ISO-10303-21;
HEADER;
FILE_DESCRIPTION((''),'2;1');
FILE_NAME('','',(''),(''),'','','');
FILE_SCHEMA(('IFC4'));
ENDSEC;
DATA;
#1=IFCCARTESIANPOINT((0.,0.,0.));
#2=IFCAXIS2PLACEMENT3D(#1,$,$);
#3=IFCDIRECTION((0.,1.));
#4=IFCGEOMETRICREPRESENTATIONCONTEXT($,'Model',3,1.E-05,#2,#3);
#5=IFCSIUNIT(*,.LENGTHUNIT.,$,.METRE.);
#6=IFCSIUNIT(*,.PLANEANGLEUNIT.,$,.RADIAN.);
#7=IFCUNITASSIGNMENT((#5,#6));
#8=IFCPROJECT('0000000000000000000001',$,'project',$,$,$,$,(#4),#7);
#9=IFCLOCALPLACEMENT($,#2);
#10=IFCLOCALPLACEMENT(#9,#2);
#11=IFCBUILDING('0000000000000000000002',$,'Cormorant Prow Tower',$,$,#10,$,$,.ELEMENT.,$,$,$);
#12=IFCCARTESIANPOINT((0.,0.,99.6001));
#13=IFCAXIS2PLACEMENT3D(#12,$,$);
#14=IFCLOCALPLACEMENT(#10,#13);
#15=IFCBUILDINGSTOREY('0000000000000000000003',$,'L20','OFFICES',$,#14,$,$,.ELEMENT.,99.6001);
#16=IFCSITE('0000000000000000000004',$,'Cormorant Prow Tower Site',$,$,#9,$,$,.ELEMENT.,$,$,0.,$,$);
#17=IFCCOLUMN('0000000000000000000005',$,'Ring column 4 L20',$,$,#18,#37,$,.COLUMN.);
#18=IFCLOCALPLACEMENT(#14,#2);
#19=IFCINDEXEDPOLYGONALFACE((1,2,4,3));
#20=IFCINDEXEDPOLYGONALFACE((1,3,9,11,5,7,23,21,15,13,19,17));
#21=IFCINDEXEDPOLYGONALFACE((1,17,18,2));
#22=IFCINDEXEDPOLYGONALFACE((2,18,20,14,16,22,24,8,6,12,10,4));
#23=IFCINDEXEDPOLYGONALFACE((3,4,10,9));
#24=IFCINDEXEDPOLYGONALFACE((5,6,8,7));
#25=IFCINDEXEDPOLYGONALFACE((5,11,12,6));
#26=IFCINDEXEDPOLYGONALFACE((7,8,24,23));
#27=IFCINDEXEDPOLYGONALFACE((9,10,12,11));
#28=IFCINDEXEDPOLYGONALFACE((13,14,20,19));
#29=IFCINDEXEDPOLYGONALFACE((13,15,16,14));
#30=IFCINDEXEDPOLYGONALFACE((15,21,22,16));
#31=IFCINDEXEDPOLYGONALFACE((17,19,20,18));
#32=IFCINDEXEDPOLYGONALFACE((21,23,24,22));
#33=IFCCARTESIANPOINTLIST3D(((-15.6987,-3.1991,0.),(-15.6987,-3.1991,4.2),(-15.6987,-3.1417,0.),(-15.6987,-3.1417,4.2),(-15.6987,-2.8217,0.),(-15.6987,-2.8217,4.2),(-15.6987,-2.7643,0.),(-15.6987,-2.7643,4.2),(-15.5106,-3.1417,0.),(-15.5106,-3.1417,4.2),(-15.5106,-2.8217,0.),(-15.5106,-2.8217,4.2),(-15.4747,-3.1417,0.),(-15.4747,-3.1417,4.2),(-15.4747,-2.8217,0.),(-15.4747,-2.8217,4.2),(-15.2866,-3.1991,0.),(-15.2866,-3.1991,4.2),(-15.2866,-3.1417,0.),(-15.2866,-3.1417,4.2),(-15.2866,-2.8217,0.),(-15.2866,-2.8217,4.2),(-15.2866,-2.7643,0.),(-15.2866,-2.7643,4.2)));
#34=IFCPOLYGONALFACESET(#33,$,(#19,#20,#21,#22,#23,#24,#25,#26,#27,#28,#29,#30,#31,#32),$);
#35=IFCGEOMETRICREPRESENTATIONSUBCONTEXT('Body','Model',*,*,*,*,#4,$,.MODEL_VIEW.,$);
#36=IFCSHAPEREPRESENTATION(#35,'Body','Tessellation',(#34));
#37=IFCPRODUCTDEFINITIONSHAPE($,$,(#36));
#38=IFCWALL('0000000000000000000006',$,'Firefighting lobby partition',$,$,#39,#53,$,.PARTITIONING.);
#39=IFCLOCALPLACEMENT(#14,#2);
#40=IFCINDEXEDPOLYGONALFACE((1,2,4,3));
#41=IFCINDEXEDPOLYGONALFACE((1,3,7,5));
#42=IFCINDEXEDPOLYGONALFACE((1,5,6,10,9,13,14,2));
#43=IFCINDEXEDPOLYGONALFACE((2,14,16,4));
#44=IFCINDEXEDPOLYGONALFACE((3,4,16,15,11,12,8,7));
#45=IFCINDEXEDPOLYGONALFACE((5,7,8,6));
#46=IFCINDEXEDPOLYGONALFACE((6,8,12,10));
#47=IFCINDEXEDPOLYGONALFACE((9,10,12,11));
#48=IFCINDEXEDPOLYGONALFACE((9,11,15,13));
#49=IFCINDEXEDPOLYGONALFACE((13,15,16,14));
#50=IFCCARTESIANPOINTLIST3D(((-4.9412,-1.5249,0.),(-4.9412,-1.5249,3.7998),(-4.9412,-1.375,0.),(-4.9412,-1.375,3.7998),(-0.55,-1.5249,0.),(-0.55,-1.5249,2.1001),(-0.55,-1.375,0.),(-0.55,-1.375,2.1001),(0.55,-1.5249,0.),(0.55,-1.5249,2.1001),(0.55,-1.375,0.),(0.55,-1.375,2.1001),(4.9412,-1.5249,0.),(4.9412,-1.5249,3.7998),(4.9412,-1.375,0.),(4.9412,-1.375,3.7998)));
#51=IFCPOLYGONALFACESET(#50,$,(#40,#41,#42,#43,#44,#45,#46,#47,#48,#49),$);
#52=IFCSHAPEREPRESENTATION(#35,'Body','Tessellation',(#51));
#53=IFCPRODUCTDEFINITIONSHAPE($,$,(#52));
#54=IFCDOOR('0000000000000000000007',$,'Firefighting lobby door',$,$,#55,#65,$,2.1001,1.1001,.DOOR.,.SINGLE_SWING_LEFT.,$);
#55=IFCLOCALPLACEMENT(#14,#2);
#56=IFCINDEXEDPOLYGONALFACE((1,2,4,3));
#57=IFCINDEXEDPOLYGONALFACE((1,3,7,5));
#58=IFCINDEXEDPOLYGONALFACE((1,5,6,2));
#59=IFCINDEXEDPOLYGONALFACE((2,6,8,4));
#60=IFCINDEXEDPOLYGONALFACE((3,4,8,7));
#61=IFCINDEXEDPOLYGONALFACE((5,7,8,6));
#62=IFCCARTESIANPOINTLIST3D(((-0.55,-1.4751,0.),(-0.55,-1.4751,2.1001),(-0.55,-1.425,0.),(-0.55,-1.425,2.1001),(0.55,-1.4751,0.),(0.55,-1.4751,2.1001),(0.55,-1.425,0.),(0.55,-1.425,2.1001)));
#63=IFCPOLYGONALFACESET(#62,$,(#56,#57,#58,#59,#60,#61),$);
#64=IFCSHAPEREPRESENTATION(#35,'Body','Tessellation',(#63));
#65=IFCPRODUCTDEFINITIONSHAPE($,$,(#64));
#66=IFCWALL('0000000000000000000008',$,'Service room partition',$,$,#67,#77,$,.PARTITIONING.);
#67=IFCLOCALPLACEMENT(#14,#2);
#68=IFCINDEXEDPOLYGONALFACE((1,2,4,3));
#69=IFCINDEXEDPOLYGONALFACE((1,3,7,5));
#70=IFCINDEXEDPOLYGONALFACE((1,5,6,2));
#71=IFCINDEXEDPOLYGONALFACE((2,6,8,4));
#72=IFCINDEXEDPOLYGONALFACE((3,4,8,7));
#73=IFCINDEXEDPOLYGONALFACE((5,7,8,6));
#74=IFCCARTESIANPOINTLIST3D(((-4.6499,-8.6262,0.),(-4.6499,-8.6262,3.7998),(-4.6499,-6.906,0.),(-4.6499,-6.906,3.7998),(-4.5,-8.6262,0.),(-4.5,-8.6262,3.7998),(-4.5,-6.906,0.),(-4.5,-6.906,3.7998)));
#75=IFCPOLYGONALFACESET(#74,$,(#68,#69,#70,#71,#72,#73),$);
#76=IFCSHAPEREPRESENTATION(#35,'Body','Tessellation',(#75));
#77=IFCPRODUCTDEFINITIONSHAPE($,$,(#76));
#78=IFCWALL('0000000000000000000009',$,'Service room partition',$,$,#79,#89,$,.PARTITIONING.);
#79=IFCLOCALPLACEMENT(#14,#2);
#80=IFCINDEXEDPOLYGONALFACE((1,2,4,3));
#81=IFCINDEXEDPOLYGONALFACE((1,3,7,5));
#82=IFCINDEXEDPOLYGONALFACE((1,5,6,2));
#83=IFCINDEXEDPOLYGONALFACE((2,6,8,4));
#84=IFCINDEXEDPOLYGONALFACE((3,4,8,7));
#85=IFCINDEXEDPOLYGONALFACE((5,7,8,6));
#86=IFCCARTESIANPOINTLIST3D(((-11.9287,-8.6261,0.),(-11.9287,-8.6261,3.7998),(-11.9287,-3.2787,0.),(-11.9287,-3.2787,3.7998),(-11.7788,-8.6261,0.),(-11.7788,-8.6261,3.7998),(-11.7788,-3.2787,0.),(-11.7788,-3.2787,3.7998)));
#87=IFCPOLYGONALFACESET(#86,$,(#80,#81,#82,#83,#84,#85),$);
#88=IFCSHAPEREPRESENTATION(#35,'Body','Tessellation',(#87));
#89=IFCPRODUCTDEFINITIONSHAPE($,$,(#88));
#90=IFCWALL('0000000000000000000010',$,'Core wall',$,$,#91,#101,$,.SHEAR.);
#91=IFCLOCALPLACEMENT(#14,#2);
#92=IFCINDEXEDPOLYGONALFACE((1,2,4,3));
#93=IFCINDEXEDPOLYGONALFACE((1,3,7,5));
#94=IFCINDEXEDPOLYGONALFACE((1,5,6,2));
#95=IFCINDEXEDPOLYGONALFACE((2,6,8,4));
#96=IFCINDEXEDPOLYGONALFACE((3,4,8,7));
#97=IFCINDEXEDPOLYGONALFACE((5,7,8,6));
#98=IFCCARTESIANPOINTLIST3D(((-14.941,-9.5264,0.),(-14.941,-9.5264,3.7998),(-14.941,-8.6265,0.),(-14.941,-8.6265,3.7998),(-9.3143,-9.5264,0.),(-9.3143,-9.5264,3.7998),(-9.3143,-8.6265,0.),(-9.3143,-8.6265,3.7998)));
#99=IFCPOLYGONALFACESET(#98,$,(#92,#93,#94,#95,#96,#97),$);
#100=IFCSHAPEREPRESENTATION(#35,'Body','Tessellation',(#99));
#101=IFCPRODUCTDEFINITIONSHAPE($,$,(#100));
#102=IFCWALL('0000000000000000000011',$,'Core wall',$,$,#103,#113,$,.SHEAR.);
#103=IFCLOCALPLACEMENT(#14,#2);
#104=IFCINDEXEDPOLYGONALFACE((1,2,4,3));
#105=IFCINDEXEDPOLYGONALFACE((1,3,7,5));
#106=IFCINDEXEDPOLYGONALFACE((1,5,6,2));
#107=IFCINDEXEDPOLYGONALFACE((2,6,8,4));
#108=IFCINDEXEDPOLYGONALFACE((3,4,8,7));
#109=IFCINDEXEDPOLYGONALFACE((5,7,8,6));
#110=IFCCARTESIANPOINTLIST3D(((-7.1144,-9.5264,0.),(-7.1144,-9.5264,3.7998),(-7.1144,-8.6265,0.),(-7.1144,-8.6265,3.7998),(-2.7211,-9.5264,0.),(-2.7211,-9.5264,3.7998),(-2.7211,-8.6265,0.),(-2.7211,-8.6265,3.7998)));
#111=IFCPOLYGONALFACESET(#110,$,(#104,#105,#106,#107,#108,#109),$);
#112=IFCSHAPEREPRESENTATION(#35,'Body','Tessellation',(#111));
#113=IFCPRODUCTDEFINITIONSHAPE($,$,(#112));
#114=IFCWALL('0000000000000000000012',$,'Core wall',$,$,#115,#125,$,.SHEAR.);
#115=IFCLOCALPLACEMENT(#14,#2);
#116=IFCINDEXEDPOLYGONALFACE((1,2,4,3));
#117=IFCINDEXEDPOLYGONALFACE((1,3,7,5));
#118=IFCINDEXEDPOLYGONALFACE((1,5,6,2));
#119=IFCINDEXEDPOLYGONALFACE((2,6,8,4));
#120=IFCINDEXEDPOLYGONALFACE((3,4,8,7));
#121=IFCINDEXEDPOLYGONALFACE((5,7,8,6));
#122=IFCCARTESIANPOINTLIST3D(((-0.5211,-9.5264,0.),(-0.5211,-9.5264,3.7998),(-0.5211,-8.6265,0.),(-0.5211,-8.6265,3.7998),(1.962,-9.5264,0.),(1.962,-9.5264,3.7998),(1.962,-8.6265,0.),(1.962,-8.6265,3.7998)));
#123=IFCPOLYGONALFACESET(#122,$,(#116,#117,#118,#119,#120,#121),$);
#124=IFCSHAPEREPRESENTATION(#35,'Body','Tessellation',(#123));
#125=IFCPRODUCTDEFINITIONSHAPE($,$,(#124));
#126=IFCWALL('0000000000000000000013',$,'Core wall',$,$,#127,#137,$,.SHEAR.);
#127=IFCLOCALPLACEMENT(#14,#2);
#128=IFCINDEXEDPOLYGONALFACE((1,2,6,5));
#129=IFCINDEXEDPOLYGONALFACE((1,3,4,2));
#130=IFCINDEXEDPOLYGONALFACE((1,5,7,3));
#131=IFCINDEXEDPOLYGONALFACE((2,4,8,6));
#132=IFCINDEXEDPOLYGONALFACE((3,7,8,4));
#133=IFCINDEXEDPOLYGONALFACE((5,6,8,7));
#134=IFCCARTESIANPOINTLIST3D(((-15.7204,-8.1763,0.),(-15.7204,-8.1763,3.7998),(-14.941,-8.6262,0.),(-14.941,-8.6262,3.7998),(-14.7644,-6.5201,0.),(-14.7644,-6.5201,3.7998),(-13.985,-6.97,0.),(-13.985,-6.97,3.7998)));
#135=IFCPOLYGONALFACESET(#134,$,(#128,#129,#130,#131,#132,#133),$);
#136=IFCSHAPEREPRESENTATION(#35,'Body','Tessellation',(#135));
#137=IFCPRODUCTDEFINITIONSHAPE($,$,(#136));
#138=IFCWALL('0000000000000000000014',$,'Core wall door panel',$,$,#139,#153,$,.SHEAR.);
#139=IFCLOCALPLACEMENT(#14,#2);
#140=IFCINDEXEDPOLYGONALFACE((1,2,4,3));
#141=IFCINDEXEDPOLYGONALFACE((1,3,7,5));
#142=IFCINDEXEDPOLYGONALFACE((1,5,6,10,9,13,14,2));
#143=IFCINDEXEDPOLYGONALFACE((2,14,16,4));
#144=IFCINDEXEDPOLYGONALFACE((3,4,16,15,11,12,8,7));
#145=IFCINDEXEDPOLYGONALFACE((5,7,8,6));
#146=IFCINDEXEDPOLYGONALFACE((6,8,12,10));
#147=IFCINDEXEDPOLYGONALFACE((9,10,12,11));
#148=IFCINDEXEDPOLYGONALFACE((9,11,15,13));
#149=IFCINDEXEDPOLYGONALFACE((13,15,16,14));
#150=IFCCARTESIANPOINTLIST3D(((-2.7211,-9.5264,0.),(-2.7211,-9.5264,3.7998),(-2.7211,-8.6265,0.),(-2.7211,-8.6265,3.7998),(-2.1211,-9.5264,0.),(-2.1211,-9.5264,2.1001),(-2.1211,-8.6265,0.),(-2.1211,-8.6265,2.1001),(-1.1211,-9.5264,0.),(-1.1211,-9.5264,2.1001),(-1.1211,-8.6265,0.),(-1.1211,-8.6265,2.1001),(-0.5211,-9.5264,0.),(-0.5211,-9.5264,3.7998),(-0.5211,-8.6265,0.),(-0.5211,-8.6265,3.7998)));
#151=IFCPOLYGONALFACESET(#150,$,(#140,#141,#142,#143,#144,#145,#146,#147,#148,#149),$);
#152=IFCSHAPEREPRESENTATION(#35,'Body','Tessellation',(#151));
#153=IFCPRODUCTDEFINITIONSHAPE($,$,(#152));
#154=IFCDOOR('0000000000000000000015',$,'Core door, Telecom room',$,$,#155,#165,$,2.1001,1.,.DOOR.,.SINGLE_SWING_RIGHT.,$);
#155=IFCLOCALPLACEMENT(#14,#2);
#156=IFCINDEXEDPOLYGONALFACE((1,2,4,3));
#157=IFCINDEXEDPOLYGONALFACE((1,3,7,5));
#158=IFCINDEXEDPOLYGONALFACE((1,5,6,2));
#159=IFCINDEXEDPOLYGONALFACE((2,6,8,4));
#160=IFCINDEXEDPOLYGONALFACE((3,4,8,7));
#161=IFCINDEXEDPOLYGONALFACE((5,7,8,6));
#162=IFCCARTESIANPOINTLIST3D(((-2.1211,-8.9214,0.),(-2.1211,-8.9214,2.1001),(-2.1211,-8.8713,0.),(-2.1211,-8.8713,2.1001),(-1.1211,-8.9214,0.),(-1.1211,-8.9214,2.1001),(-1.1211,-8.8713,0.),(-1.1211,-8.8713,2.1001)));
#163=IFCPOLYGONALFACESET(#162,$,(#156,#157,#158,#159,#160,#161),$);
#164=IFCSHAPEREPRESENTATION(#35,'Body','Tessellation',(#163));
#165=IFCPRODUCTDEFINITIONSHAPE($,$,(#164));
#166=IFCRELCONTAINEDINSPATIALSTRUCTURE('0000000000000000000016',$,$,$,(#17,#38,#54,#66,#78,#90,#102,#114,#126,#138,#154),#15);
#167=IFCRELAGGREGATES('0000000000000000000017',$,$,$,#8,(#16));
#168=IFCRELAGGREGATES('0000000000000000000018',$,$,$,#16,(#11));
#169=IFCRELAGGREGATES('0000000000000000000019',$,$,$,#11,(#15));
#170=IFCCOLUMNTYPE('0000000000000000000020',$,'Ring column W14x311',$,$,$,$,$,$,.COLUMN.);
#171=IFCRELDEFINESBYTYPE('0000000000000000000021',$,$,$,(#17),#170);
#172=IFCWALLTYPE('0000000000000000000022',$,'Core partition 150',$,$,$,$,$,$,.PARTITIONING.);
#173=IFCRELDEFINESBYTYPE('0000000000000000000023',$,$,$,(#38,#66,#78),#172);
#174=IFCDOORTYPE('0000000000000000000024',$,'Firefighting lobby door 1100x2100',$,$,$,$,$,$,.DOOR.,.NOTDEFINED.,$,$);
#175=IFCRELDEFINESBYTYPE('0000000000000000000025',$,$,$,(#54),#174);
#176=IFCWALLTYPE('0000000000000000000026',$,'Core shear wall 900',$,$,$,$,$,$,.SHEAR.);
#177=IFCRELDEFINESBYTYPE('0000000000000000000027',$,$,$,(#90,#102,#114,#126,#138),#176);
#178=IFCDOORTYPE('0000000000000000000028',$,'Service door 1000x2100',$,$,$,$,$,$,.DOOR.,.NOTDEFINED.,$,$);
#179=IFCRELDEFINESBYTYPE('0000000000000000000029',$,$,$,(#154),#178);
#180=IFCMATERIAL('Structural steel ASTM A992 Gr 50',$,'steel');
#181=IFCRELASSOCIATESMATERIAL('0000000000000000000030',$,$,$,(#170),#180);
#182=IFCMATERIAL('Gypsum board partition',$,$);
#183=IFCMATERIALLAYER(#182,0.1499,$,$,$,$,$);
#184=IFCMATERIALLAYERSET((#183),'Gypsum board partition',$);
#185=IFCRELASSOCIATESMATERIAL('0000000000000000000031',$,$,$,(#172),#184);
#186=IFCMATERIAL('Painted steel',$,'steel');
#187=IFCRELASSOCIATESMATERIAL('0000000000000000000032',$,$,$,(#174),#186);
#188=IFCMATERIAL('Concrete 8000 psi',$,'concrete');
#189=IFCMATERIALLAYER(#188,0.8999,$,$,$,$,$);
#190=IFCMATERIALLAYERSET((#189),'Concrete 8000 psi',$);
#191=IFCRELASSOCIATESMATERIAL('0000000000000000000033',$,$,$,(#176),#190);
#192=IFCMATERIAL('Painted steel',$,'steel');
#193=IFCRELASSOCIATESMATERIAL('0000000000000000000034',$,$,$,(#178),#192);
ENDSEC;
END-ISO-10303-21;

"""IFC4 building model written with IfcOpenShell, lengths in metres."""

from ifc_helpers import new_model, si_unit, direction, frame, frame_2d, origin, origin_2d, place, context, subcontext, project, spatial, rectangle, i_section, extrude, material, layer, layer_set, material_profile, profile_set, type_object, element, fill, save


model = new_model("IFC4")

# Units and contexts
model_context = context("Model", 3, precision=1e-05, world=origin(), true_north=direction((0.0, 1.0)))
body_context = subcontext(model_context, "Body", "Model", "MODEL_VIEW")
ifc_project = project(units=[si_unit("LENGTHUNIT", "METRE"), si_unit("PLANEANGLEUNIT", "RADIAN")], contexts=[model_context])

# Site, building, storey
site_placement = place(None, origin())
site = spatial("IfcSite", under=ifc_project, at=site_placement, Name="Cormorant Prow Tower Site", CompositionType="ELEMENT", RefElevation=0.0)
building_placement = place(site_placement, origin())
building = spatial("IfcBuilding", under=site, at=building_placement, Name="Cormorant Prow Tower", CompositionType="ELEMENT")
storey_placement = place(building_placement, frame((0.0, 0.0, 99.6001)))
storey = spatial("IfcBuildingStorey", under=building, at=storey_placement, Name="L20", Description="OFFICES", CompositionType="ELEMENT", Elevation=99.6001)

# Column
ifc_material_1 = material(Name="Structural steel ASTM A992 Gr 50", Category="steel")
ifc_material_profile = material_profile(ifc_material_1, i_section(OverallWidth=0.4121, OverallDepth=0.4348, WebThickness=0.0359, FlangeThickness=0.0574, at=origin_2d()), Name="W14x311")
ifc_profile_set = profile_set([ifc_material_profile], Name="Structural steel ASTM A992 Gr 50")
column_type = type_object("IfcColumnType", Name="Ring column W14x311", PredefinedType="COLUMN", material=ifc_profile_set)
column_placement = place(storey_placement, frame((-15.4927, -2.9817, 0.0), z_axis=(0.0, 0.0, 1.0), x_axis=(1.0, 0.0, 0.0)))
element("IfcColumn", 1, at=column_placement, inside=storey, type_object=column_type, Name="Ring column 4 L20", PredefinedType="COLUMN", context=body_context, shape_type="SweptSolid", body=[
    extrude(i_section(OverallWidth=0.4121, OverallDepth=0.4348, WebThickness=0.0359, FlangeThickness=0.0574, at=origin_2d()), origin(), (0.0, 0.0, 1.0), 4.2),
])

# Wall, opening, door
ifc_material_2 = material(Name="Gypsum board partition")
ifc_layer_1 = layer(ifc_material_2, 0.1499)
ifc_layer_set_1 = layer_set([ifc_layer_1], Name="Gypsum board partition")
wall_type_1 = type_object("IfcWallType", Name="Core partition 150", PredefinedType="PARTITIONING", material=ifc_layer_set_1)
wall_1_placement = place(storey_placement, frame((-4.9412, -1.45, 0.0), z_axis=(0.0, 0.0, 1.0), x_axis=(1.0, 0.0, 0.0)))
wall_1 = element("IfcWall", 2, at=wall_1_placement, inside=storey, type_object=wall_type_1, Name="Firefighting lobby partition", PredefinedType="PARTITIONING", context=body_context, shape_type="SweptSolid", body=[
    extrude(rectangle(XDim=9.8823, YDim=0.1499, at=frame_2d((4.9412, 0.0))), origin(), (0.0, 0.0, 1.0), 3.7998),
])
opening_1_placement = place(wall_1_placement, frame((4.3911, 0.0, 0.0)))
opening_1 = element("IfcOpeningElement", 3, at=opening_1_placement, cuts=wall_1, PredefinedType="OPENING", context=body_context, shape_type="SweptSolid", body=[
    extrude(rectangle(XDim=1.1001, YDim=2.1001, at=frame_2d((0.55, 1.05))), frame((0.0, 0.085, 0.0), z_axis=(0.0, -1.0, 0.0), x_axis=(1.0, 0.0, 0.0)), (0.0, 0.0, 1.0), 0.1699),
])
ifc_material_3 = material(Name="Painted steel", Category="steel")
door_type_1 = type_object("IfcDoorType", Name="Firefighting lobby door 1100x2100", OperationType="NOTDEFINED", PredefinedType="DOOR", material=ifc_material_3)
door_1_placement = place(opening_1_placement, origin())
door_1 = element("IfcDoor", 4, at=door_1_placement, inside=storey, type_object=door_type_1, Name="Firefighting lobby door", OperationType="SINGLE_SWING_LEFT", OverallHeight=2.1001, OverallWidth=1.1001, PredefinedType="DOOR", context=body_context, shape_type="SweptSolid", body=[
    extrude(rectangle(XDim=1.1001, YDim=2.1001, at=frame_2d((0.55, 1.05))), frame((0.0, 0.0249, 0.0), z_axis=(0.0, -1.0, 0.0), x_axis=(1.0, 0.0, 0.0)), (0.0, 0.0, 1.0), 0.05),
])
fill(opening_1, door_1)

# Walls
wall_2_placement = place(storey_placement, frame((-4.575, -6.906, 0.0), z_axis=(0.0, 0.0, 1.0), x_axis=(0.0, -1.0, 0.0)))
element("IfcWall", 5, at=wall_2_placement, inside=storey, type_object=wall_type_1, Name="Service room partition", PredefinedType="PARTITIONING", context=body_context, shape_type="SweptSolid", body=[
    extrude(rectangle(XDim=1.7202, YDim=0.1499, at=frame_2d((0.8601, 0.0))), origin(), (0.0, 0.0, 1.0), 3.7998),
])
wall_3_placement = place(storey_placement, frame((-11.8538, -8.6262, 0.0), z_axis=(0.0, 0.0, 1.0), x_axis=(0.0, 1.0, 0.0)))
element("IfcWall", 6, at=wall_3_placement, inside=storey, type_object=wall_type_1, Name="Service room partition", PredefinedType="PARTITIONING", context=body_context, shape_type="SweptSolid", body=[
    extrude(rectangle(XDim=5.3474, YDim=0.1499, at=frame_2d((2.6738, 0.0))), origin(), (0.0, 0.0, 1.0), 3.7998),
])
ifc_material_4 = material(Name="Concrete 8000 psi", Category="concrete")
ifc_layer_2 = layer(ifc_material_4, 0.8999)
ifc_layer_set_2 = layer_set([ifc_layer_2], Name="Concrete 8000 psi")
wall_type_2 = type_object("IfcWallType", Name="Core shear wall 900", PredefinedType="SHEAR", material=ifc_layer_set_2)
wall_4_placement = place(storey_placement, frame((-14.9412, -9.0764, 0.0), z_axis=(0.0, 0.0, 1.0), x_axis=(1.0, 0.0, 0.0)))
element("IfcWall", 7, at=wall_4_placement, inside=storey, type_object=wall_type_2, Name="Core wall", PredefinedType="SHEAR", context=body_context, shape_type="SweptSolid", body=[
    extrude(rectangle(XDim=5.6267, YDim=0.8999, at=frame_2d((2.8135, 0.0))), origin(), (0.0, 0.0, 1.0), 3.7998),
])
wall_5_placement = place(storey_placement, frame((-7.1145, -9.0764, 0.0), z_axis=(0.0, 0.0, 1.0), x_axis=(1.0, 0.0, 0.0)))
element("IfcWall", 8, at=wall_5_placement, inside=storey, type_object=wall_type_2, Name="Core wall", PredefinedType="SHEAR", context=body_context, shape_type="SweptSolid", body=[
    extrude(rectangle(XDim=4.3933, YDim=0.8999, at=frame_2d((2.1968, 0.0))), origin(), (0.0, 0.0, 1.0), 3.7998),
])
wall_6_placement = place(storey_placement, frame((-0.5212, -9.0764, 0.0), z_axis=(0.0, 0.0, 1.0), x_axis=(1.0, 0.0, 0.0)))
element("IfcWall", 9, at=wall_6_placement, inside=storey, type_object=wall_type_2, Name="Core wall", PredefinedType="SHEAR", context=body_context, shape_type="SweptSolid", body=[
    extrude(rectangle(XDim=2.4832, YDim=0.8999, at=frame_2d((1.2417, 0.0))), origin(), (0.0, 0.0, 1.0), 3.7998),
])
wall_7_placement = place(storey_placement, frame((-14.3748, -6.7451, 0.0), z_axis=(0.0, 0.0, 1.0), x_axis=(-0.499929, -0.866067, 0.0)))
element("IfcWall", 10, at=wall_7_placement, inside=storey, type_object=wall_type_2, Name="Core wall", PredefinedType="SHEAR", context=body_context, shape_type="SweptSolid", body=[
    extrude(rectangle(XDim=1.9124, YDim=0.8999, at=frame_2d((0.9561, 0.0))), origin(), (0.0, 0.0, 1.0), 3.7998),
])

# Wall, opening, door
wall_8_placement = place(storey_placement, frame((-2.7212, -9.0764, 0.0), z_axis=(0.0, 0.0, 1.0), x_axis=(1.0, 0.0, 0.0)))
wall_8 = element("IfcWall", 11, at=wall_8_placement, inside=storey, type_object=wall_type_2, Name="Core wall door panel", PredefinedType="SHEAR", context=body_context, shape_type="SweptSolid", body=[
    extrude(rectangle(XDim=2.2, YDim=0.8999, at=frame_2d((1.1001, 0.0))), origin(), (0.0, 0.0, 1.0), 3.7998),
])
opening_2_placement = place(wall_8_placement, frame((0.6001, 0.0, 0.0)))
opening_2 = element("IfcOpeningElement", 12, at=opening_2_placement, cuts=wall_8, PredefinedType="OPENING", context=body_context, shape_type="SweptSolid", body=[
    extrude(rectangle(XDim=1.0, YDim=2.1001, at=frame_2d((0.5, 1.05))), frame((0.0, 0.46, 0.0), z_axis=(0.0, -1.0, 0.0), x_axis=(1.0, 0.0, 0.0)), (0.0, 0.0, 1.0), 0.9199),
])
ifc_material_5 = material(Name="Painted steel", Category="steel")
door_type_2 = type_object("IfcDoorType", Name="Service door 1000x2100", OperationType="NOTDEFINED", PredefinedType="DOOR", material=ifc_material_5)
door_2_placement = place(opening_2_placement, origin())
door_2 = element("IfcDoor", 13, at=door_2_placement, inside=storey, type_object=door_type_2, Name="Core door, Telecom room", OperationType="SINGLE_SWING_RIGHT", OverallHeight=2.1001, OverallWidth=1.0, PredefinedType="DOOR", context=body_context, shape_type="SweptSolid", body=[
    extrude(rectangle(XDim=1.0, YDim=2.1001, at=frame_2d((0.5, 1.05))), frame((0.0, 0.2051, 0.0), z_axis=(0.0, -1.0, 0.0), x_axis=(1.0, 0.0, 0.0)), (0.0, 0.0, 1.0), 0.05),
])
fill(opening_2, door_2)

save(model, "model.ifc")
